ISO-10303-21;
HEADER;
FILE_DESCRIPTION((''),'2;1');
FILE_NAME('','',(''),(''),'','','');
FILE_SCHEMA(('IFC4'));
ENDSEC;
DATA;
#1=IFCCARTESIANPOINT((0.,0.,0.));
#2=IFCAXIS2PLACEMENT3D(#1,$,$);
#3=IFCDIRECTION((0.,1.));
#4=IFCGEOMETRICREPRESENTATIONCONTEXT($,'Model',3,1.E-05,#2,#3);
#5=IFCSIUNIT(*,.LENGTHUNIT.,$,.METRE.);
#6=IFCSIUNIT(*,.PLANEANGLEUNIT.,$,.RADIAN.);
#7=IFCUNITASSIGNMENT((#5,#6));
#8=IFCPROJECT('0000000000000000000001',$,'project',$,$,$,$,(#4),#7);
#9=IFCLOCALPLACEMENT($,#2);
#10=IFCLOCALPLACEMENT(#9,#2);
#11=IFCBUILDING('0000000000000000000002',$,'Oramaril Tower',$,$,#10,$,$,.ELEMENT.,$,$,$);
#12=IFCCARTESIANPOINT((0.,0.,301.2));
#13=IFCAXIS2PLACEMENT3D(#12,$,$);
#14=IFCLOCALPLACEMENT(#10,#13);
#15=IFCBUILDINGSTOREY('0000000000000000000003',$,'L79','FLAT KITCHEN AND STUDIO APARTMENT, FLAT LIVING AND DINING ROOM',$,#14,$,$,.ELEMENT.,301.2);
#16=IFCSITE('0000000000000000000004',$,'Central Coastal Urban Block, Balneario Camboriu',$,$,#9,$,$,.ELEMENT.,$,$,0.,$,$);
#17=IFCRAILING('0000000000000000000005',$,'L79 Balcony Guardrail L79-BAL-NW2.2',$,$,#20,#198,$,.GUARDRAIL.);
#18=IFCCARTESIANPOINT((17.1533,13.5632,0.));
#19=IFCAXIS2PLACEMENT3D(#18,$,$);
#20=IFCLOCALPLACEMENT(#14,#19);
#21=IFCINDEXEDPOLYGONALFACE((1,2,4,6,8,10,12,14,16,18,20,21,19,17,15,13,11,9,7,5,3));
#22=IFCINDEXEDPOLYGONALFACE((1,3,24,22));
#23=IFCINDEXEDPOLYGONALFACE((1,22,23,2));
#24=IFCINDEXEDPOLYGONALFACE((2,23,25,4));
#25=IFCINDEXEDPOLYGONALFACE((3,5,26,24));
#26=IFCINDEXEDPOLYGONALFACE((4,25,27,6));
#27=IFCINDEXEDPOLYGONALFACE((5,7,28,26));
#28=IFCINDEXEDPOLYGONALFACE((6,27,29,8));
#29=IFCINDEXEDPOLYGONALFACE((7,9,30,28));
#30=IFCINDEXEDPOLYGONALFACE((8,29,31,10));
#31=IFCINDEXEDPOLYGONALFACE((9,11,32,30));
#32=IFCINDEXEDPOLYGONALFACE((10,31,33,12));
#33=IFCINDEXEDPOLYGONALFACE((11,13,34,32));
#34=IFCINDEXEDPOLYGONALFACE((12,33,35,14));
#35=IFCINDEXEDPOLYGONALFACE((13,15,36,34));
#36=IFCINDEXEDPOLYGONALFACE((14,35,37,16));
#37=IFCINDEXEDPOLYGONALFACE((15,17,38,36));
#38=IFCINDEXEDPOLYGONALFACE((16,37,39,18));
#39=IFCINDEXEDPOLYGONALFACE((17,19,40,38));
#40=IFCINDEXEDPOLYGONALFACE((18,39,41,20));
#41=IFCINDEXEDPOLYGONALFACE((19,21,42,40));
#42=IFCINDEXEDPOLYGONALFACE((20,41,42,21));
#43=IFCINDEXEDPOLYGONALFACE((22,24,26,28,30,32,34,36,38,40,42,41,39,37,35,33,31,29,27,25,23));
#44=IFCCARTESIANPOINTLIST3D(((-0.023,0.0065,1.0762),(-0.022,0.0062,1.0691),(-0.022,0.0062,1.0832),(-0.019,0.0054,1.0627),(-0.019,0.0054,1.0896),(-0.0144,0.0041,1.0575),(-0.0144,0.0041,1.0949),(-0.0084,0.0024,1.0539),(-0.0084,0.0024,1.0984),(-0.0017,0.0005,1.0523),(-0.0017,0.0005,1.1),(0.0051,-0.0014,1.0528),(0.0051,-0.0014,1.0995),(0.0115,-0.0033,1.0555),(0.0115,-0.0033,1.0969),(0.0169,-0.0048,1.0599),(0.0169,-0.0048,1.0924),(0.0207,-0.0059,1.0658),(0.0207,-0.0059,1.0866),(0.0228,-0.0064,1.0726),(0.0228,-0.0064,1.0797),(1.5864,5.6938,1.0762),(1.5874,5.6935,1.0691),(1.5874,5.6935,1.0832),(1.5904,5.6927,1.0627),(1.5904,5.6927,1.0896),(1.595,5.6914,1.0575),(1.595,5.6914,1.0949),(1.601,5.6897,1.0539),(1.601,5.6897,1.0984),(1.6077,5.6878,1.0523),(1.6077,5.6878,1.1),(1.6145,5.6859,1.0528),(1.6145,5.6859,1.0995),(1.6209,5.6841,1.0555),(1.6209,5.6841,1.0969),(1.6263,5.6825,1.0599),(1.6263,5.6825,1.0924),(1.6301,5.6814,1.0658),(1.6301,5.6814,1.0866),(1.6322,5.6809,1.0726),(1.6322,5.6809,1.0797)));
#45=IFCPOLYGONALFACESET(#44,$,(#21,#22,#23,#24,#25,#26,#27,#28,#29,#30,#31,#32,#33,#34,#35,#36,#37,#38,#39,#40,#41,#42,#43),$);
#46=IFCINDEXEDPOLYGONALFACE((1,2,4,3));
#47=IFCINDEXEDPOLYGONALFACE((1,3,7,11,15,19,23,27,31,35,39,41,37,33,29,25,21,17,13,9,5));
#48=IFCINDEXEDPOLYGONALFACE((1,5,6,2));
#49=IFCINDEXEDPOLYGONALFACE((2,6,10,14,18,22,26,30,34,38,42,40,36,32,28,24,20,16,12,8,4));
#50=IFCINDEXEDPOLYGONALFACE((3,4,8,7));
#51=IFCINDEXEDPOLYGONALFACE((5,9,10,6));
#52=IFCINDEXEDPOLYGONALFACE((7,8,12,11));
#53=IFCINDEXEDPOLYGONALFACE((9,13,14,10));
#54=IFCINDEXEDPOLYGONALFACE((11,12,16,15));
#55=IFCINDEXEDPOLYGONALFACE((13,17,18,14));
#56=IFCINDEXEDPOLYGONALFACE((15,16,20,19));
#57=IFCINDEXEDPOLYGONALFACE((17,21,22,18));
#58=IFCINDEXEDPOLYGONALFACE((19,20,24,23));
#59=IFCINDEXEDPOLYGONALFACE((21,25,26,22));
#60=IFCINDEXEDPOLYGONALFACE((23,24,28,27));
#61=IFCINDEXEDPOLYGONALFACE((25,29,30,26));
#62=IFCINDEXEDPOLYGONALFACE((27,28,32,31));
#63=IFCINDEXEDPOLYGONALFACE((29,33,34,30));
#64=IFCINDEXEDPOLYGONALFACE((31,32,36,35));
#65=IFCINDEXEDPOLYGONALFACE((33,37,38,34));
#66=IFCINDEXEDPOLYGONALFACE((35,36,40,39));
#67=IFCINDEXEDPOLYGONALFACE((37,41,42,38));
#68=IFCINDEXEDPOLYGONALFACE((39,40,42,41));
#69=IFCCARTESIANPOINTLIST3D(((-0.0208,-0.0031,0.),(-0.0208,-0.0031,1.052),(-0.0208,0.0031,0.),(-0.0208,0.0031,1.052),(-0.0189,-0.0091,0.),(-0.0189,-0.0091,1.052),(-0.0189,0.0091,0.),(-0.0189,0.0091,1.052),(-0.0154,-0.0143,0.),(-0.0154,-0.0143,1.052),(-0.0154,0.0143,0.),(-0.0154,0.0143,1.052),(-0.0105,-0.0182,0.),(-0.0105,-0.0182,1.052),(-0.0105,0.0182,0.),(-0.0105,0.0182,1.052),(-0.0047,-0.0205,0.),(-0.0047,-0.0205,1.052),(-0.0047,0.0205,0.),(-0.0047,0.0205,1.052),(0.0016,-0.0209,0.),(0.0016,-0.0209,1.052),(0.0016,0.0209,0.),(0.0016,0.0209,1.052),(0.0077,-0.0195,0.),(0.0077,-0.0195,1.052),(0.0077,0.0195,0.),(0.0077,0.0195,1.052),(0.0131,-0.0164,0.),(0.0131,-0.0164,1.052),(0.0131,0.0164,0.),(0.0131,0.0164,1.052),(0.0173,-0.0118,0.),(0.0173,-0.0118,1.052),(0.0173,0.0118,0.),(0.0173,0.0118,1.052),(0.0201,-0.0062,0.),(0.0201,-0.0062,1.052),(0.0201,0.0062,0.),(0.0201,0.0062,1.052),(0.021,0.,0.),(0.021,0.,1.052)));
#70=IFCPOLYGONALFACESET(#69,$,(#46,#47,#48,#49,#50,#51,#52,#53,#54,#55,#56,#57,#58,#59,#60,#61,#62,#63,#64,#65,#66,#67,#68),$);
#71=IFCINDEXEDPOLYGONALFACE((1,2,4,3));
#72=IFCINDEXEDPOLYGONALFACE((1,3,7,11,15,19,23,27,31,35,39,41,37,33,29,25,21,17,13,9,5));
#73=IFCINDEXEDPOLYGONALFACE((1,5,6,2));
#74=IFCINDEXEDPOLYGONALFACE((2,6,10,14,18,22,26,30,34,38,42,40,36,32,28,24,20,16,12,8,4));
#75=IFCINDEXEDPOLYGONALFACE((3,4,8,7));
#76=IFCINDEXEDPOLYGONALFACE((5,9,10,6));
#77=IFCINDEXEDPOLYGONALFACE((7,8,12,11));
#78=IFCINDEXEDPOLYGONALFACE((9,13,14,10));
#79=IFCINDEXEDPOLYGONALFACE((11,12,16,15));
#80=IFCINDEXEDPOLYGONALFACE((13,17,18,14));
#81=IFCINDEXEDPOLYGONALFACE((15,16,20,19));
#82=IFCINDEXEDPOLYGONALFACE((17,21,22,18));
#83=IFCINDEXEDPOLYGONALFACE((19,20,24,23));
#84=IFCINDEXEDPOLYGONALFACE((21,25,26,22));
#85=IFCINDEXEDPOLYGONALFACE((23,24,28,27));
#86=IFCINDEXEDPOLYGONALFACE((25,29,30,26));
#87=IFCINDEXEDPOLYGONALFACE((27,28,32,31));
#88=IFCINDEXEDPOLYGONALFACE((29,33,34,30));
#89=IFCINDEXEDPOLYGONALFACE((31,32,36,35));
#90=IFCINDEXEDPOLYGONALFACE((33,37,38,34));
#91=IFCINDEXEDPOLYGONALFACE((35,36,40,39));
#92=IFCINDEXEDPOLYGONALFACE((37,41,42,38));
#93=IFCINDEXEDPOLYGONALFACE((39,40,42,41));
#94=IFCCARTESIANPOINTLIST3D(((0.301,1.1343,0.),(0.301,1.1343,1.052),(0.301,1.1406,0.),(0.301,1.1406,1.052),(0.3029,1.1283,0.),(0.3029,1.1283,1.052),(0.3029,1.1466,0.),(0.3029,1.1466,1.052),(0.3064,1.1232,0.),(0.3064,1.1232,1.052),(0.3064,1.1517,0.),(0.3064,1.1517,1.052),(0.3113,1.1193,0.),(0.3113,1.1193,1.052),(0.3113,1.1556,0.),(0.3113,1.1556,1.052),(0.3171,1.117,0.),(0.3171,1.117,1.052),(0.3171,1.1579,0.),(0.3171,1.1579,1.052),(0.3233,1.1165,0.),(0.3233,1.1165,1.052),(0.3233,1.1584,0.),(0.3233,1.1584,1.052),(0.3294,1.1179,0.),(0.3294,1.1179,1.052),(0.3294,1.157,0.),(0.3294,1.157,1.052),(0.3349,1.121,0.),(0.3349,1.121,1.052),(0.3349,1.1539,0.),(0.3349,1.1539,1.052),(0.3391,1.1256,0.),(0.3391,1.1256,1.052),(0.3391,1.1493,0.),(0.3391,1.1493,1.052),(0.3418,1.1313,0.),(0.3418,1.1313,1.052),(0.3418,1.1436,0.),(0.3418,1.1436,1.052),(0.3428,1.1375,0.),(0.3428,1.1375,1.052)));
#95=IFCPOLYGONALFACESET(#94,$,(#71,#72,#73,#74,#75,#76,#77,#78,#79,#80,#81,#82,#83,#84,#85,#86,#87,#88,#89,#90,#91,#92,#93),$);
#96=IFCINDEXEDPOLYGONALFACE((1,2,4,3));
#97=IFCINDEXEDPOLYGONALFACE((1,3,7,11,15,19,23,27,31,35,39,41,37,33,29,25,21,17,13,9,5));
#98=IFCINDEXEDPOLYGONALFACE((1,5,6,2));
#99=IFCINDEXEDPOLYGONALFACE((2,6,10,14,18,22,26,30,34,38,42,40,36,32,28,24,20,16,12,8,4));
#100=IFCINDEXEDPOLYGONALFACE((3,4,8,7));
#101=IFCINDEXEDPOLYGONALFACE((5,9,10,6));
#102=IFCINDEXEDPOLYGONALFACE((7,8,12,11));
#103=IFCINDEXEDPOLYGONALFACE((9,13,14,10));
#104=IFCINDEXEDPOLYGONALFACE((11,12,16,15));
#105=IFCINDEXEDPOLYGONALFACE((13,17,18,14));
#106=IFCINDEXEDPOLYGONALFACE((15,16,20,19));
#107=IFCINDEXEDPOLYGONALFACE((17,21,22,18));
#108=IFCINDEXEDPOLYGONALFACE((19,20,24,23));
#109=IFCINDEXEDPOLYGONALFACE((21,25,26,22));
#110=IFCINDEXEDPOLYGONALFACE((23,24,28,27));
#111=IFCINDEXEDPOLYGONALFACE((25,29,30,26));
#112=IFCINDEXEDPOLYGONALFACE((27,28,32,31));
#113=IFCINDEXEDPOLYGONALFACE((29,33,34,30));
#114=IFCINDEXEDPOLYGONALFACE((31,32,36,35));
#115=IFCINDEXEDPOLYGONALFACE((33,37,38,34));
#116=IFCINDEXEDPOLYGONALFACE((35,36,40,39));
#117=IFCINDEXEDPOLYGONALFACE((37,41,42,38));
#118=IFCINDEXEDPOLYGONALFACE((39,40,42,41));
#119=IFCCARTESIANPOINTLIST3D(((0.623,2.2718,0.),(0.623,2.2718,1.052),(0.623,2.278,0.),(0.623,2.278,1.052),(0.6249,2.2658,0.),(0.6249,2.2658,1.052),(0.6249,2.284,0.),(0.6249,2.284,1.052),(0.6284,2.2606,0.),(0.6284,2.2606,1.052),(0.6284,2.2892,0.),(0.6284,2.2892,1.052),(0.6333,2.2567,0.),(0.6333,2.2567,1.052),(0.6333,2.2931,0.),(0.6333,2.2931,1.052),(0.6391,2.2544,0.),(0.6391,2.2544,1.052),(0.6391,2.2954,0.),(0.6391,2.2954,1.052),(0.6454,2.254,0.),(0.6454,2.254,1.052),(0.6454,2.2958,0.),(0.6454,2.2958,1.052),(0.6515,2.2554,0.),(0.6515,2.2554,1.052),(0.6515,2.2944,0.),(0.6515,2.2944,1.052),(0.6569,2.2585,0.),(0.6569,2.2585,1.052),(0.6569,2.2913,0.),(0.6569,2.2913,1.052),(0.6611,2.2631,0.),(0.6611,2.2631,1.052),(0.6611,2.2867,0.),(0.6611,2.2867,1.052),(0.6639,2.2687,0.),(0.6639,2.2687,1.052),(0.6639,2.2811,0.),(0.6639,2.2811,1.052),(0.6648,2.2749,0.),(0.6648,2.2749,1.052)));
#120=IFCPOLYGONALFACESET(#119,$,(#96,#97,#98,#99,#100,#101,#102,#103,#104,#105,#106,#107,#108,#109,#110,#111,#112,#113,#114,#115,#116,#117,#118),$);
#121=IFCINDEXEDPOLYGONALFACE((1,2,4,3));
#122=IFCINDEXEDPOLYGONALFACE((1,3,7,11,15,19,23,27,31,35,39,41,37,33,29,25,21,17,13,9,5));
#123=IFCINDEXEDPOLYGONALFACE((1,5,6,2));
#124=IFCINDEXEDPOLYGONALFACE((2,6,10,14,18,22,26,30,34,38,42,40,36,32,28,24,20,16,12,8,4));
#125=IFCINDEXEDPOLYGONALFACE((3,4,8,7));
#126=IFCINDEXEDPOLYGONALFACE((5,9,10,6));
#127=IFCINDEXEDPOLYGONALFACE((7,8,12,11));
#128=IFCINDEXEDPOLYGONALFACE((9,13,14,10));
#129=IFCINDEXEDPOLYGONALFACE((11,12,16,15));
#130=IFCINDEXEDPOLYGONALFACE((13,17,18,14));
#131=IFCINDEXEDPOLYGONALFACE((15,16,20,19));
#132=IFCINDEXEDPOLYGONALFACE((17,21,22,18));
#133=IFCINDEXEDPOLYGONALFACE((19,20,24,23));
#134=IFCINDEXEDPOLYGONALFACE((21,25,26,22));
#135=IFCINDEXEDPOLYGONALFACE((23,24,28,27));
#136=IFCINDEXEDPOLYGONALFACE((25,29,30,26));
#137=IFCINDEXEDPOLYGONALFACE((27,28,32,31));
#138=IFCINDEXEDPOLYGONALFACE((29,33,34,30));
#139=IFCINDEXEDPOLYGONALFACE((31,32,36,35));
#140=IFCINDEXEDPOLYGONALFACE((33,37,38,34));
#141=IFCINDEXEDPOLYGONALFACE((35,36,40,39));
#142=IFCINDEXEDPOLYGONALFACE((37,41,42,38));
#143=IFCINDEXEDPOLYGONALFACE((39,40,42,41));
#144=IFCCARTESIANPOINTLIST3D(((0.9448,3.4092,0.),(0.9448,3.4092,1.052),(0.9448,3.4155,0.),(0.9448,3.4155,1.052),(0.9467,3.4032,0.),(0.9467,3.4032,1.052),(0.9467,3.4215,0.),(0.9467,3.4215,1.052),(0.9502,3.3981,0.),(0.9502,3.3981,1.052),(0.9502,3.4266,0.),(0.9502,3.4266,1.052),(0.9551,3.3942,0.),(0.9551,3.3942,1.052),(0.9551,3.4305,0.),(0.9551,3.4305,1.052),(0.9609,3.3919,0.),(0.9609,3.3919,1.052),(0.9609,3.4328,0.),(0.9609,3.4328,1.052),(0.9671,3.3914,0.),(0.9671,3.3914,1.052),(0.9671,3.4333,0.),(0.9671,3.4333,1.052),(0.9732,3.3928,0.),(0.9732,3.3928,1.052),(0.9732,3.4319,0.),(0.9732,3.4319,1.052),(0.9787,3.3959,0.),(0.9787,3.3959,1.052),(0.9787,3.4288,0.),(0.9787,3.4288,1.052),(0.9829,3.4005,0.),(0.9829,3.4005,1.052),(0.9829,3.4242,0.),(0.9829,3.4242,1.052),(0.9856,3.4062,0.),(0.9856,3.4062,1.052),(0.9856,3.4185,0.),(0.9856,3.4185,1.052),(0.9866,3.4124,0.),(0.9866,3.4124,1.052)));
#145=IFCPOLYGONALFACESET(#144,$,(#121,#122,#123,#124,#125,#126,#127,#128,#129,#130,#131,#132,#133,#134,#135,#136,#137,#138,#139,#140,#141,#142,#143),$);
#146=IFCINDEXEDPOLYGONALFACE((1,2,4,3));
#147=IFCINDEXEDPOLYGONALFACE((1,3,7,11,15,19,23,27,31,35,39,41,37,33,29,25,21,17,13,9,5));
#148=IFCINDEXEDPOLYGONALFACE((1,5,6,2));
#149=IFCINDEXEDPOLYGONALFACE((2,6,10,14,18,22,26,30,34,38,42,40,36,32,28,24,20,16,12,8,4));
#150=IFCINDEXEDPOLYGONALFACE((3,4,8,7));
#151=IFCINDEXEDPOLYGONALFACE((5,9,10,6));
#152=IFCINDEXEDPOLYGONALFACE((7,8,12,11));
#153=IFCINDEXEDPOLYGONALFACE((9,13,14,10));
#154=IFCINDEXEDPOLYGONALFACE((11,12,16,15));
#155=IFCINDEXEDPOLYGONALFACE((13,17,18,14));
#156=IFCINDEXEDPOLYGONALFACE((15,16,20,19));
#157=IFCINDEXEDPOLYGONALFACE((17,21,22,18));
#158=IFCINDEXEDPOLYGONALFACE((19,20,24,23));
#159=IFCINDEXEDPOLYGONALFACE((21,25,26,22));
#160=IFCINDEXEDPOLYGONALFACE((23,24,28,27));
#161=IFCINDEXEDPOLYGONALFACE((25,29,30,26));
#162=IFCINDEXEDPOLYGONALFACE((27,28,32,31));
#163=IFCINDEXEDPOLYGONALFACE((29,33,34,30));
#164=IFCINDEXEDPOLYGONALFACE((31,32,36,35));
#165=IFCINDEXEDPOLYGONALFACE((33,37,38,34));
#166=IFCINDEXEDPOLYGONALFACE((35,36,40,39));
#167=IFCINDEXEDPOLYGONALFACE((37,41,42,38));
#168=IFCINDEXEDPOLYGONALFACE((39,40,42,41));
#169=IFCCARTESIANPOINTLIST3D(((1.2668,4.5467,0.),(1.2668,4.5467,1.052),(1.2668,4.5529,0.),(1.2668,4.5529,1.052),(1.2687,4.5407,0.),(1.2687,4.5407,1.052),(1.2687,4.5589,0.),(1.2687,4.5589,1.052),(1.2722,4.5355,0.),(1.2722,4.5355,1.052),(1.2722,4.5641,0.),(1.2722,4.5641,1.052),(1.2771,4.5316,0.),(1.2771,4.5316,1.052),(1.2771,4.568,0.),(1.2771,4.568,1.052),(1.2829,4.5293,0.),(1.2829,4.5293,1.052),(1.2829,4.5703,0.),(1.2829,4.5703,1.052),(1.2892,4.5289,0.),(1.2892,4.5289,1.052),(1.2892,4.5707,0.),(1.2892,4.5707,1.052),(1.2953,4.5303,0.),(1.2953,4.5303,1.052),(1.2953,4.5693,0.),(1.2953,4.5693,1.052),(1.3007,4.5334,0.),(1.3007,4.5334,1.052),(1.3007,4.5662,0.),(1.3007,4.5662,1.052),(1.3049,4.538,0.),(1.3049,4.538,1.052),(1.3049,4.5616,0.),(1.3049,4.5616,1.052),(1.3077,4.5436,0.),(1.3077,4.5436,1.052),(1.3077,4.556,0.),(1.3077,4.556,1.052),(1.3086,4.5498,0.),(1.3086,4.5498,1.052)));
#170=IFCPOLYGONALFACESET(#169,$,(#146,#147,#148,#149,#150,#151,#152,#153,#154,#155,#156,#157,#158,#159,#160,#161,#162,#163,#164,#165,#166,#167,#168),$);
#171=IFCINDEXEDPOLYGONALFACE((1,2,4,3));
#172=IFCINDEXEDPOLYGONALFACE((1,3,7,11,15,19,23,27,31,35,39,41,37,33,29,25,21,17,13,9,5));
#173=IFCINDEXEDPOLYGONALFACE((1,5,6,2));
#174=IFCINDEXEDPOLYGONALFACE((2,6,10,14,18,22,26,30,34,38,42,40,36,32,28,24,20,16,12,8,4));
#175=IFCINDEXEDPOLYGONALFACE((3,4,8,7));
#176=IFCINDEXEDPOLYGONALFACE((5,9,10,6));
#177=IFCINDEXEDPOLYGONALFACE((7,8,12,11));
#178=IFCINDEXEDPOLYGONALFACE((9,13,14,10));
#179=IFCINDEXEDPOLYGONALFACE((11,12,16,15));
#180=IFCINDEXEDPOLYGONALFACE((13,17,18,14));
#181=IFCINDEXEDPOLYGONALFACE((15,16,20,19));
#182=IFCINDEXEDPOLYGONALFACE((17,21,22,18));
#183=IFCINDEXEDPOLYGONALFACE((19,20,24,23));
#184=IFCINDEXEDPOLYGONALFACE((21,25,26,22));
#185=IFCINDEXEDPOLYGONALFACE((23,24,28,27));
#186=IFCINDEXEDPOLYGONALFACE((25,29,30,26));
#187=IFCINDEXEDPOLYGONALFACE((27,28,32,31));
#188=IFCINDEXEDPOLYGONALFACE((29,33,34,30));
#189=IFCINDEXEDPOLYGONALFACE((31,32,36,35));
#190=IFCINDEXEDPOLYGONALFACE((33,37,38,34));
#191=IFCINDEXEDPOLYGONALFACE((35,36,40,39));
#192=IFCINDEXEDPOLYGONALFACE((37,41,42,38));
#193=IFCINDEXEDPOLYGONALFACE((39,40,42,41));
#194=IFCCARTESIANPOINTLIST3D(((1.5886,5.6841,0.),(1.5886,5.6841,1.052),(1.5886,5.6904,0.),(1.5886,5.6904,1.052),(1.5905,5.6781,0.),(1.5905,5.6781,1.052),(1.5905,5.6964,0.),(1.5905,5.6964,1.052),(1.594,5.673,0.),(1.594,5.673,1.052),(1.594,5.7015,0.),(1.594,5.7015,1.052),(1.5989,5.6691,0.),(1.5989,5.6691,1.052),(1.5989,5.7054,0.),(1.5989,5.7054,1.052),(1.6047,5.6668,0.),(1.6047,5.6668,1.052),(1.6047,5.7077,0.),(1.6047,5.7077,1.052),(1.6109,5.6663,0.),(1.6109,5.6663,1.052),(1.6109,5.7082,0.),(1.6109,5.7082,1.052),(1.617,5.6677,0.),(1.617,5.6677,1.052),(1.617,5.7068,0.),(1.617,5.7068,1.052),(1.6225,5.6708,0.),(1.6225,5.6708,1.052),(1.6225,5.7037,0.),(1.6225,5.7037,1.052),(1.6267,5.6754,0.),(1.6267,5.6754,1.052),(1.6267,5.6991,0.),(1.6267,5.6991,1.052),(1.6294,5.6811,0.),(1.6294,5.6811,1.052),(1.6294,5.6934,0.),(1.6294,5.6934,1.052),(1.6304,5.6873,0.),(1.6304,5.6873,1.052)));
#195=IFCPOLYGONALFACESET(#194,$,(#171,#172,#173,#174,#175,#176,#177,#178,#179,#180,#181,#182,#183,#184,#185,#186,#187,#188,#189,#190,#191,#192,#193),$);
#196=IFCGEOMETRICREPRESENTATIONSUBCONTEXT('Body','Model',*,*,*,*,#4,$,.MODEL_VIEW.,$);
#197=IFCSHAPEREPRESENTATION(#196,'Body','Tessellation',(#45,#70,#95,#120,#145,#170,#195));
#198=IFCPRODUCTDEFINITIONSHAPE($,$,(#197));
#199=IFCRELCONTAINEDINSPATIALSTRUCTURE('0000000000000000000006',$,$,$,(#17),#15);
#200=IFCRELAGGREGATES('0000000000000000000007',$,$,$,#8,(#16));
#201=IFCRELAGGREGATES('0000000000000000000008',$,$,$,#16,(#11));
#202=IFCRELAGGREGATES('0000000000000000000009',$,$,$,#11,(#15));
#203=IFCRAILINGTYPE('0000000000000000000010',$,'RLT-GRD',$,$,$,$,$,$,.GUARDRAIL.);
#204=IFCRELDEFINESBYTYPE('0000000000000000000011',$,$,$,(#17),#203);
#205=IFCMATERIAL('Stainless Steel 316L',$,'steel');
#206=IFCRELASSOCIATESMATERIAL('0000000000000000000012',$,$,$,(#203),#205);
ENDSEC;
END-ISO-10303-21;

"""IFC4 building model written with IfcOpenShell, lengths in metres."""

from ifc_helpers import new_model, si_unit, direction, frame, origin, origin_2d, place, context, subcontext, project, spatial, circle, extrude, material, type_object, element, save


model = new_model("IFC4")

# Units and contexts
model_context = context("Model", 3, precision=1e-05, world=origin(), true_north=direction((0.0, 1.0)))
body_context = subcontext(model_context, "Body", "Model", "MODEL_VIEW")
ifc_project = project(units=[si_unit("LENGTHUNIT", "METRE"), si_unit("PLANEANGLEUNIT", "RADIAN")], contexts=[model_context])

# Site, building, storey
site_placement = place(None, origin())
site = spatial("IfcSite", under=ifc_project, at=site_placement, Name="Central Coastal Urban Block, Balneario Camboriu", CompositionType="ELEMENT", RefElevation=0.0)
building_placement = place(site_placement, origin())
building = spatial("IfcBuilding", under=site, at=building_placement, Name="Oramaril Tower", CompositionType="ELEMENT")
storey_placement = place(building_placement, frame((0.0, 0.0, 301.2)))
storey = spatial("IfcBuildingStorey", under=building, at=storey_placement, Name="L79", Description="FLAT KITCHEN AND STUDIO APARTMENT, FLAT LIVING AND DINING ROOM", CompositionType="ELEMENT", Elevation=301.2)

# Railing
ifc_material_1 = material(Name="Stainless Steel 316L", Category="steel")
railing_type_1 = type_object("IfcRailingType", Name="RLT-GRD", PredefinedType="GUARDRAIL", material=ifc_material_1)
railing_1_placement = place(storey_placement, frame((17.1533, 13.5632, 0.0)))
element("IfcRailing", 1, at=railing_1_placement, inside=storey, type_object=railing_type_1, Name="L79 Balcony Guardrail L79-BAL-NW2.2", PredefinedType="GUARDRAIL", context=body_context, shape_type="SweptSolid", body=[
    extrude(circle(Radius=0.0239, at=origin_2d()), frame((0.0, 0.0, 1.0762), z_axis=(0.272287, 0.962216, 0.0), x_axis=(-0.962216, 0.272287, 0.0)), (0.0, 0.0, 1.0), 5.9106),
    extrude(circle(Radius=0.021, at=origin_2d()), origin(), (0.0, 0.0, 1.0), 1.052),
    extrude(circle(Radius=0.021, at=origin_2d()), frame((0.3218, 1.1375, 0.0)), (0.0, 0.0, 1.0), 1.052),
    extrude(circle(Radius=0.021, at=origin_2d()), frame((0.6438, 2.2749, 0.0)), (0.0, 0.0, 1.0), 1.052),
    extrude(circle(Radius=0.021, at=origin_2d()), frame((0.9656, 3.4124, 0.0)), (0.0, 0.0, 1.0), 1.052),
    extrude(circle(Radius=0.021, at=origin_2d()), frame((1.2876, 4.5498, 0.0)), (0.0, 0.0, 1.0), 1.052),
    extrude(circle(Radius=0.021, at=origin_2d()), frame((1.6094, 5.6873, 0.0)), (0.0, 0.0, 1.0), 1.052),
])

save(model, "model.ifc")
